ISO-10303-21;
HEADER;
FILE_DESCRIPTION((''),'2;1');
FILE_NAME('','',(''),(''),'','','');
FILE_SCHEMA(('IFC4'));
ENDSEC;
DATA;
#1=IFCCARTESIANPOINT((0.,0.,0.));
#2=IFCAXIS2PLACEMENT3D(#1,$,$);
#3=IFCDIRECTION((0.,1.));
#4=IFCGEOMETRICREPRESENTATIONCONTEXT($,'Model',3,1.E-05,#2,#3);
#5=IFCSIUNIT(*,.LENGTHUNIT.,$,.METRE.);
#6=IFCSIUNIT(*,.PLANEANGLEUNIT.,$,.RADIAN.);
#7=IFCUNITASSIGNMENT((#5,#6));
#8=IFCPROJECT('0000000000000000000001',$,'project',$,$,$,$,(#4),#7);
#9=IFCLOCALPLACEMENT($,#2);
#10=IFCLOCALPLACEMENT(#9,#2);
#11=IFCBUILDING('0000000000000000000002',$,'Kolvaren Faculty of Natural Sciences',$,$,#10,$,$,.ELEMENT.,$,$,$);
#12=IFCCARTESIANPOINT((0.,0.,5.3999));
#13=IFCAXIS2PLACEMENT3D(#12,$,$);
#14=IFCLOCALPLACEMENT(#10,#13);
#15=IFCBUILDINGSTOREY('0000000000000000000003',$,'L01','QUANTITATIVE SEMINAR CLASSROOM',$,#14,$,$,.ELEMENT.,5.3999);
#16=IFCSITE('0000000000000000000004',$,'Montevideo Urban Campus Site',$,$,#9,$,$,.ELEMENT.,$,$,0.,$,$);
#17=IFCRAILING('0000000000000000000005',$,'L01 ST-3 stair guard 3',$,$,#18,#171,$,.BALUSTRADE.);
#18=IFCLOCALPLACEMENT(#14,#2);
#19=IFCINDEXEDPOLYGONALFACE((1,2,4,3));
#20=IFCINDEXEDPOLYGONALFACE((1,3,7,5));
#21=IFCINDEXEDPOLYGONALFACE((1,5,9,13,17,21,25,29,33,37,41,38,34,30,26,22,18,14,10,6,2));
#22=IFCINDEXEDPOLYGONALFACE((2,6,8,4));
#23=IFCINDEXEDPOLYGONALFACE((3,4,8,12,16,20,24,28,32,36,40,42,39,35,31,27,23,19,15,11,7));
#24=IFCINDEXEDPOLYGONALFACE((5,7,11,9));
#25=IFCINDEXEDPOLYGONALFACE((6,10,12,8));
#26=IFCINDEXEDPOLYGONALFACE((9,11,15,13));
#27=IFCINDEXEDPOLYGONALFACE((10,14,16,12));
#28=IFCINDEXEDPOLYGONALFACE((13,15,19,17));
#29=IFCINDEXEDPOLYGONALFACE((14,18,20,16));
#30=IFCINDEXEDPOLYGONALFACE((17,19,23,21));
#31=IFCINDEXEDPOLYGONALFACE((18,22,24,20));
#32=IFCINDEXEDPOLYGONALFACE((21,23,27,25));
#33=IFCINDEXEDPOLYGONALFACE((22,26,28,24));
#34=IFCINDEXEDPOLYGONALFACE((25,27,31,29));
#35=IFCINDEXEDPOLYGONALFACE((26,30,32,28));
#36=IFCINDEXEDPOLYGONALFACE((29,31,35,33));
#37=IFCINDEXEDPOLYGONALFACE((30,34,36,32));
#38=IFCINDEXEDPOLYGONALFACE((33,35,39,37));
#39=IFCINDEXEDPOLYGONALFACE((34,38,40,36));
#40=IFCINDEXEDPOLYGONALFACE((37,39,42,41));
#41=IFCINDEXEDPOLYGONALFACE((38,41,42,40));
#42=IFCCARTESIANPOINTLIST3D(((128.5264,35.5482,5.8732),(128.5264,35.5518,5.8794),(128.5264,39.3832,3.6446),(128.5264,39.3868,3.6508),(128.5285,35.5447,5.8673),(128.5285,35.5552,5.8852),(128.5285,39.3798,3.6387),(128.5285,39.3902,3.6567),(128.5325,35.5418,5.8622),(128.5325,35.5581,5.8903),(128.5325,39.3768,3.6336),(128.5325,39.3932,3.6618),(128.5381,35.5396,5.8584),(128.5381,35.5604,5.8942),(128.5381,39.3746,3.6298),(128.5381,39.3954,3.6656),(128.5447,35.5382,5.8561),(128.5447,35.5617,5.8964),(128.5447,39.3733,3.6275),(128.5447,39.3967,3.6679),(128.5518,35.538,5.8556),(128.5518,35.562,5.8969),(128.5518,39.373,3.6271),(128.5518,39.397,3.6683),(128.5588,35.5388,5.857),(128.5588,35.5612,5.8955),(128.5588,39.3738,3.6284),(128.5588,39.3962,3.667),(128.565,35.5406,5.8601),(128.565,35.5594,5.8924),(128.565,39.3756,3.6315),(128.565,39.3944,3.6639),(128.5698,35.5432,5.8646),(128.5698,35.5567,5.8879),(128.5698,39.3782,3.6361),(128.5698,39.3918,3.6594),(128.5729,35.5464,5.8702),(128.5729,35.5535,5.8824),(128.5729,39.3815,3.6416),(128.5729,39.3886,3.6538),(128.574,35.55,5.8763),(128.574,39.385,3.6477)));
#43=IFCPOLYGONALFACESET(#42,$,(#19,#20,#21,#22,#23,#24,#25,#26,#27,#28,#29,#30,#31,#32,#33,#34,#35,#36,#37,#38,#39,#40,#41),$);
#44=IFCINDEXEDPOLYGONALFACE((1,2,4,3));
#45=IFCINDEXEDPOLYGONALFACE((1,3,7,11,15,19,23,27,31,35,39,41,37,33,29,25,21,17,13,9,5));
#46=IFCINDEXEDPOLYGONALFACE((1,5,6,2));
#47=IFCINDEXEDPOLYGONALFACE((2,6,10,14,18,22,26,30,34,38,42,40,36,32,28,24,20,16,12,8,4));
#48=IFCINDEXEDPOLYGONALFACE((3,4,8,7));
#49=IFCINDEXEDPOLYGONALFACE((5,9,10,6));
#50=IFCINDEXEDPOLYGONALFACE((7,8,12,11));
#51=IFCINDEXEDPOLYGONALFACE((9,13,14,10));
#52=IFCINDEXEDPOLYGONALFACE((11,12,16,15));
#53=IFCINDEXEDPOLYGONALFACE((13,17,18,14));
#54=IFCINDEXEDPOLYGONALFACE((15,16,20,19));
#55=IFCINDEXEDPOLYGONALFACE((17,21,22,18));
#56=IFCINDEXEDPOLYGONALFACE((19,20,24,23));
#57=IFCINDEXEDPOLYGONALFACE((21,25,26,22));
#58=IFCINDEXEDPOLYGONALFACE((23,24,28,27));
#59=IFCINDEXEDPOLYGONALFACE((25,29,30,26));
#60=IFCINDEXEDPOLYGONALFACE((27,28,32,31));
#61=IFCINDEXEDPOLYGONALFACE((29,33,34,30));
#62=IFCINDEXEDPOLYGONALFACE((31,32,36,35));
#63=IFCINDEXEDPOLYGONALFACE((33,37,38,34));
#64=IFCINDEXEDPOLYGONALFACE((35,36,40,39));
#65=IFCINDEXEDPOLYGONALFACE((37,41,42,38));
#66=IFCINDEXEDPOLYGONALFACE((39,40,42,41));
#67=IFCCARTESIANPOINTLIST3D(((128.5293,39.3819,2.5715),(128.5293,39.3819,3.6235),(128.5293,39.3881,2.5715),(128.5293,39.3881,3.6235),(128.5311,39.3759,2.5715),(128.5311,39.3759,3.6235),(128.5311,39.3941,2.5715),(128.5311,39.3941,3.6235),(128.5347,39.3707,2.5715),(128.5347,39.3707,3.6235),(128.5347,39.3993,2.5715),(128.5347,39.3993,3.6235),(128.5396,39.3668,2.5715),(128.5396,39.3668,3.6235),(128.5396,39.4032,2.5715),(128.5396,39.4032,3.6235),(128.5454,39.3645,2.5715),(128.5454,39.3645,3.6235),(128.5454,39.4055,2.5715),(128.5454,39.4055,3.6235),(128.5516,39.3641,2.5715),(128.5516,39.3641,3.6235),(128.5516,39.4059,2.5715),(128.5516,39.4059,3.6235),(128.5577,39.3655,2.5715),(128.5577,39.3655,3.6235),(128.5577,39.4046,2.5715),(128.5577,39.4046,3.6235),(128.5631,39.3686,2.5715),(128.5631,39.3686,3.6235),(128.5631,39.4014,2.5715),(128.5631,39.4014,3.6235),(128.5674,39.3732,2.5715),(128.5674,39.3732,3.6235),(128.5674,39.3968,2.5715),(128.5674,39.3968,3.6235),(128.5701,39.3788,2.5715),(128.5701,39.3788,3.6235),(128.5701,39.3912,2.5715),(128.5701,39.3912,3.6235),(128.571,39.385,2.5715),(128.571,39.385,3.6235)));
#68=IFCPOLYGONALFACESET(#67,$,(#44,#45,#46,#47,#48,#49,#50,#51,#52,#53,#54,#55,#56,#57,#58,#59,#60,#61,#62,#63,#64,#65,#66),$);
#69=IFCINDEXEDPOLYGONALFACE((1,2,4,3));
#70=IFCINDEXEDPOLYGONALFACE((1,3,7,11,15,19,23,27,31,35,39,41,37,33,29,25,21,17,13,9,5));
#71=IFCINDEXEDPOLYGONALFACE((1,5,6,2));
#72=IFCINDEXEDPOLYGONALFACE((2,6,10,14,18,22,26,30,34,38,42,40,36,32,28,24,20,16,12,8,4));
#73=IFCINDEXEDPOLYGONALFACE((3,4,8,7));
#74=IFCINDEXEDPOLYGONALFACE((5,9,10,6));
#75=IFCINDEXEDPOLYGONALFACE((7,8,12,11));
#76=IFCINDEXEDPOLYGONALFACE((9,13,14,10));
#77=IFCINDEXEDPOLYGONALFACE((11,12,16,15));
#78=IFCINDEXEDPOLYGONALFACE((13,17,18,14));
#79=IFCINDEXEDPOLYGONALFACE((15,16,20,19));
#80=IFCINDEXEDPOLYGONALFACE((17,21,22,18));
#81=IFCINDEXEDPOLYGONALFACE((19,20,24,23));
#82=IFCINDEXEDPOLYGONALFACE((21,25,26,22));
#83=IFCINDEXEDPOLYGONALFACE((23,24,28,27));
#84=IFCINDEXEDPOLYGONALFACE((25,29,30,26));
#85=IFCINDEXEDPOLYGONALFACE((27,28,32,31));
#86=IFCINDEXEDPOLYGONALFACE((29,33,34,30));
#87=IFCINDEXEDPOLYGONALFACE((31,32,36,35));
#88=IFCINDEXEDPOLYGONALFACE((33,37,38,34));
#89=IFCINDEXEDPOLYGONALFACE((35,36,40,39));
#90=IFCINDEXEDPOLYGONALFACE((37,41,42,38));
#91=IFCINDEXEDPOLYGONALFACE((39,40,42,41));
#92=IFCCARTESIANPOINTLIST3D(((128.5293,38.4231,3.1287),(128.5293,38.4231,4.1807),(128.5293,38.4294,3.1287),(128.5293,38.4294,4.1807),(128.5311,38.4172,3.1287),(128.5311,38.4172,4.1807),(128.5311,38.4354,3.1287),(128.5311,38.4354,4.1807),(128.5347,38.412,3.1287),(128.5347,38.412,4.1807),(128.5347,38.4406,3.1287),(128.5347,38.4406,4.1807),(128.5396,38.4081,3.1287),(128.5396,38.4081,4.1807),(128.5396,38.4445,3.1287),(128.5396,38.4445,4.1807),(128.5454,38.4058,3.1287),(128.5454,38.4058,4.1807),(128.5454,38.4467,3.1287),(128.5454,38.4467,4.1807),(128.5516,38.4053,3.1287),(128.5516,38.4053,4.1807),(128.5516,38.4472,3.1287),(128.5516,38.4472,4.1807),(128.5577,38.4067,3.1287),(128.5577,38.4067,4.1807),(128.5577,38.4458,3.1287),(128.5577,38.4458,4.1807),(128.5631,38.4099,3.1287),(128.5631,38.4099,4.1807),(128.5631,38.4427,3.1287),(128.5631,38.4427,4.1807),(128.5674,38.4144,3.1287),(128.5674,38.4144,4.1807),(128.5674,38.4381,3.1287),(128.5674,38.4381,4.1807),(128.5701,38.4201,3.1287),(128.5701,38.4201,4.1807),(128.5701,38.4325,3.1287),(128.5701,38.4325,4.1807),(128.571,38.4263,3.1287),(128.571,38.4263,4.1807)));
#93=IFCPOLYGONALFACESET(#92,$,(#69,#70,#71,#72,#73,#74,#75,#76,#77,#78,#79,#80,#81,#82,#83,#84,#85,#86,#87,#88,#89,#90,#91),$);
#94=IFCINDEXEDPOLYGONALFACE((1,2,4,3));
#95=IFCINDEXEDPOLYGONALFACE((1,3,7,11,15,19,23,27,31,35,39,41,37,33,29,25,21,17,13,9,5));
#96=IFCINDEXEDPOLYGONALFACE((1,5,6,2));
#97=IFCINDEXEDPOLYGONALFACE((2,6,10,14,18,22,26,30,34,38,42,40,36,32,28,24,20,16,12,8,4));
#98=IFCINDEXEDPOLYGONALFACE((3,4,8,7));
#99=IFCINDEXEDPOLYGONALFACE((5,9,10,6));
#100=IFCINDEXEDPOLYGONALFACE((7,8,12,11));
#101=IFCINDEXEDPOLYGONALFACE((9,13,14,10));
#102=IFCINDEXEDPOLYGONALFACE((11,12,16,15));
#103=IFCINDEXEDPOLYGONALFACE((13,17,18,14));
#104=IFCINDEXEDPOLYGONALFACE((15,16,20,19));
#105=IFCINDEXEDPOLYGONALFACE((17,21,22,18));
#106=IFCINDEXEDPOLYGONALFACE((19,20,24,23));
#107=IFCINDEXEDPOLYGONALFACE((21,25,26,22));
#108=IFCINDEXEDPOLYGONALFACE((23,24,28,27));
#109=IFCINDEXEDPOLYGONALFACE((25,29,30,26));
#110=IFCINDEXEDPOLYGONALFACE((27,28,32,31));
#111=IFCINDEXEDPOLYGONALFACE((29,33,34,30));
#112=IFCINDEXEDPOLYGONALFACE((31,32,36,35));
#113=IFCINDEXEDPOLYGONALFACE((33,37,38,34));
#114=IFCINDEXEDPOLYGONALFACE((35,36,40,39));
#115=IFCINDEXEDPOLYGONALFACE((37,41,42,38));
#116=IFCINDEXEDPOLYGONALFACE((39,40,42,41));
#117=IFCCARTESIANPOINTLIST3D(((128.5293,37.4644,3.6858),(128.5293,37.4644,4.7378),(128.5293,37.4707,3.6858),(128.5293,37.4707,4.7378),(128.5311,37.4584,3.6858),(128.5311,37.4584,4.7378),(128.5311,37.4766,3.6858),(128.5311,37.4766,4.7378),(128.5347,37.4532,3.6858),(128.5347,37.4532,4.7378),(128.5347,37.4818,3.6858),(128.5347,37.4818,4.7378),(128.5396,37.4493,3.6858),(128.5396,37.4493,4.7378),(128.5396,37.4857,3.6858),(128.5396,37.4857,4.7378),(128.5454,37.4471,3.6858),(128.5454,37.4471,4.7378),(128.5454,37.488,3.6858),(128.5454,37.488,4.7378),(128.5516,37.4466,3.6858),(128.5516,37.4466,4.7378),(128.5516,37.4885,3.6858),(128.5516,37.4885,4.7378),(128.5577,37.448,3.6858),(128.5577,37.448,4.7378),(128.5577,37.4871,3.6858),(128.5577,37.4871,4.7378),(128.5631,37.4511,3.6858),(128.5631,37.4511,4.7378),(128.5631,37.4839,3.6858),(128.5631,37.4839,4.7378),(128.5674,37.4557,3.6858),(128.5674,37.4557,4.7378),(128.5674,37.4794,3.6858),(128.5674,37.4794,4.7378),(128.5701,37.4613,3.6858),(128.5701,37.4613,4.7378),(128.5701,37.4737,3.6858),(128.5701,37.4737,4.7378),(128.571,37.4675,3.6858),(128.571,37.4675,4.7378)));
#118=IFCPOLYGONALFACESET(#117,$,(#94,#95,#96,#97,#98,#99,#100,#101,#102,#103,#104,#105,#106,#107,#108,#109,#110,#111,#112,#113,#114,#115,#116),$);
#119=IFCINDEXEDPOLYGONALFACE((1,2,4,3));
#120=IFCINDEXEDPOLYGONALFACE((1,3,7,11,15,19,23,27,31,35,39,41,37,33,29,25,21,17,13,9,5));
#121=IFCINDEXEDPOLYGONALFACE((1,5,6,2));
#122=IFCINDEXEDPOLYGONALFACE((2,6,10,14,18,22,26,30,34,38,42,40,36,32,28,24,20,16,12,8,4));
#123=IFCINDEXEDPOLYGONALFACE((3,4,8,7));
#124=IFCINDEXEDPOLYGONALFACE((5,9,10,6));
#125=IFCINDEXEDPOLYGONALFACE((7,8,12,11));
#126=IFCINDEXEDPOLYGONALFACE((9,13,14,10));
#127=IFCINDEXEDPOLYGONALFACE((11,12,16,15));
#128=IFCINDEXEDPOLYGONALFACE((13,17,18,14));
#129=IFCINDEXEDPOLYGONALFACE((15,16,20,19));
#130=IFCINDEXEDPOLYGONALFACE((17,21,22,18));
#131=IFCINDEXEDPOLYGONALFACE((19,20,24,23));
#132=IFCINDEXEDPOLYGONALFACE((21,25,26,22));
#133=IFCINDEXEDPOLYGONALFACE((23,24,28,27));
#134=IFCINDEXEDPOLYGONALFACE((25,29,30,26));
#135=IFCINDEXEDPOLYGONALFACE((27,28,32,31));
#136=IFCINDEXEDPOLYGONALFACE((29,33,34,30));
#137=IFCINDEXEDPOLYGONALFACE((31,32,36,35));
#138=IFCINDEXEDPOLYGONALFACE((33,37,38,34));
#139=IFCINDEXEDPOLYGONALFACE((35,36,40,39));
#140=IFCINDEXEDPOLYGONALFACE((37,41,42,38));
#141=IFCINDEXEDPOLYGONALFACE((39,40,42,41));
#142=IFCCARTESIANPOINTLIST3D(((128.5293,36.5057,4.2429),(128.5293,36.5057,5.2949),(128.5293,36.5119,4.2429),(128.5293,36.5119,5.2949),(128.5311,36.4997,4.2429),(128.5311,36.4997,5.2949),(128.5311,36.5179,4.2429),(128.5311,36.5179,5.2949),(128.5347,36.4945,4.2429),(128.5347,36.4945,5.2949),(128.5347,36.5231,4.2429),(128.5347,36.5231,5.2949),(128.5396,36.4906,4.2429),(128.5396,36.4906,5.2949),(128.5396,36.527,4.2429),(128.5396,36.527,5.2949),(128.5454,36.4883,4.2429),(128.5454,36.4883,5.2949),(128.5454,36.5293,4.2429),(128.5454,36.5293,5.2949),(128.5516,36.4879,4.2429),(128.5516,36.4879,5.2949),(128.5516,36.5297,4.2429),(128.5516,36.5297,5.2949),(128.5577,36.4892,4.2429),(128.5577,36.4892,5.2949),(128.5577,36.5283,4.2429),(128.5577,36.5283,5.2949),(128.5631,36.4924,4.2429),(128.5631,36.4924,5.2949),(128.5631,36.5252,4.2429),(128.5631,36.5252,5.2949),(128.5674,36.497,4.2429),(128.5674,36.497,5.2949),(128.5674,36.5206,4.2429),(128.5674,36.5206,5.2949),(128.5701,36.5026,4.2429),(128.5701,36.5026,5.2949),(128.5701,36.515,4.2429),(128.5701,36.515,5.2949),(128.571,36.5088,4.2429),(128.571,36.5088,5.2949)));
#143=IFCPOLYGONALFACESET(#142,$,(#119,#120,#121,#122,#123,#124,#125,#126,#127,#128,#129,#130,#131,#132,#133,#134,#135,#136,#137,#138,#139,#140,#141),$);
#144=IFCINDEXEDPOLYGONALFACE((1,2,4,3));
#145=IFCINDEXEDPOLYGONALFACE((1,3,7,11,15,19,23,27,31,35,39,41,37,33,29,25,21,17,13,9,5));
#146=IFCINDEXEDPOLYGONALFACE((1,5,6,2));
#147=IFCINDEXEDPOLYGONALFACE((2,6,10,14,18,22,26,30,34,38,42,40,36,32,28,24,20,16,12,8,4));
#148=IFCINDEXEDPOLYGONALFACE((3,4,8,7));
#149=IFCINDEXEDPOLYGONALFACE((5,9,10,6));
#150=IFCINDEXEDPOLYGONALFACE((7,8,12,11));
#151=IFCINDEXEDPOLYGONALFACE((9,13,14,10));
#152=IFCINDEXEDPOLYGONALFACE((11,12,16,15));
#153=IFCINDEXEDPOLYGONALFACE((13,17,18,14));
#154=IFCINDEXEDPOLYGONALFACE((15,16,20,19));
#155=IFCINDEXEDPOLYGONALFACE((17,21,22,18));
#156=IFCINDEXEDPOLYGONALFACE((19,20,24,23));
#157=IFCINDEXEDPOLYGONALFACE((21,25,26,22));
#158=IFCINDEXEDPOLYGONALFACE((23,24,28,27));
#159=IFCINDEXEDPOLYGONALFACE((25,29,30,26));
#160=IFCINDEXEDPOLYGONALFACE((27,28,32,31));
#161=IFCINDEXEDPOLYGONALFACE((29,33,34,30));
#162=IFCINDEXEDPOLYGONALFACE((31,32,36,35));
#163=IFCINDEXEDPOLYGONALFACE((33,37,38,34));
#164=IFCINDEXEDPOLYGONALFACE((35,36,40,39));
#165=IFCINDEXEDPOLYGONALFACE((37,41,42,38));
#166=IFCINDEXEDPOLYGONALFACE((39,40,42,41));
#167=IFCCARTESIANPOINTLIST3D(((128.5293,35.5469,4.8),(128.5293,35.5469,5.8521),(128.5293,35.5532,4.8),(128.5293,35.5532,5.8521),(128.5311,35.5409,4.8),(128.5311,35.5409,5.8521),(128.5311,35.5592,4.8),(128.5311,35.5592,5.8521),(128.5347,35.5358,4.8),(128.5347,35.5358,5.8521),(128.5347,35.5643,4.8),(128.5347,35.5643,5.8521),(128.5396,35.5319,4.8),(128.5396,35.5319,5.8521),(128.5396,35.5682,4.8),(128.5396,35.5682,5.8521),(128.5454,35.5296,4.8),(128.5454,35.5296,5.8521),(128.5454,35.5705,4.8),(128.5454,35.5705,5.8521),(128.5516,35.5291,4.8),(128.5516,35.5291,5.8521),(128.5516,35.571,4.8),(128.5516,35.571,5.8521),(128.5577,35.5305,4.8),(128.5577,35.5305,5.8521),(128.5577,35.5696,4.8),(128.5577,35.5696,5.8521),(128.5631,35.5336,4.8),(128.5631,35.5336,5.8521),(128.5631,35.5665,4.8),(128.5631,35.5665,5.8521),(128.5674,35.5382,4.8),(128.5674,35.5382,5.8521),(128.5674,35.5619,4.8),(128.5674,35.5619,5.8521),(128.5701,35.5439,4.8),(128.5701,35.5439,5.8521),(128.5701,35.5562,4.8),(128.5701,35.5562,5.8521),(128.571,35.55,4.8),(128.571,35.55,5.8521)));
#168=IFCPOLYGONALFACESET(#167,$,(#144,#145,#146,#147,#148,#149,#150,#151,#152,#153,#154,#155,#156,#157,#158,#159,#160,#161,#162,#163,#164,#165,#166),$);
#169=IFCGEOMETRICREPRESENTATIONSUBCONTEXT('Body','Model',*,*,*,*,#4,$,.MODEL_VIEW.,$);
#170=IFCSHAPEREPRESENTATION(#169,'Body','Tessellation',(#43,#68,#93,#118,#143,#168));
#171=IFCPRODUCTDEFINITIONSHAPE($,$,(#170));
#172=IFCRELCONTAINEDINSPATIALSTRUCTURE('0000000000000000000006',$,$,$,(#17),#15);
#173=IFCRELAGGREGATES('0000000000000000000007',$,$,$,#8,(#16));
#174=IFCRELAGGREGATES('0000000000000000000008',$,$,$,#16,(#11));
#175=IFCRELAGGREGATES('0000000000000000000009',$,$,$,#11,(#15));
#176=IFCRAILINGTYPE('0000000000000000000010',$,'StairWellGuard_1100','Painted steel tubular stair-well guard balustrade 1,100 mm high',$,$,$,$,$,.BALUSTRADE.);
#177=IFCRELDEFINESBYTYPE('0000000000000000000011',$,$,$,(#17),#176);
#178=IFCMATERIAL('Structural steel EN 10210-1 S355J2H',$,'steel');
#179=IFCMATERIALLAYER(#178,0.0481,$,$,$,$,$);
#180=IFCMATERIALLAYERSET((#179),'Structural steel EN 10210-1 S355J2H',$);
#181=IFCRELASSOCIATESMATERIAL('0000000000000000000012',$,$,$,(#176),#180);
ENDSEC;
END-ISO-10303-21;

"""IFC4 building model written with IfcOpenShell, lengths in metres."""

from ifc_helpers import new_model, si_unit, direction, frame, origin, origin_2d, place, context, subcontext, project, spatial, circle, extrude, material, layer, layer_set, type_object, element, save


model = new_model("IFC4")

# Units and contexts
model_context = context("Model", 3, precision=1e-05, world=origin(), true_north=direction((0.0, 1.0)))
body_context = subcontext(model_context, "Body", "Model", "MODEL_VIEW")
ifc_project = project(units=[si_unit("LENGTHUNIT", "METRE"), si_unit("PLANEANGLEUNIT", "RADIAN")], contexts=[model_context])

# Site, building, storey
site_placement = place(None, origin())
site = spatial("IfcSite", under=ifc_project, at=site_placement, Name="Montevideo Urban Campus Site", CompositionType="ELEMENT", RefElevation=0.0)
building_placement = place(site_placement, origin())
building = spatial("IfcBuilding", under=site, at=building_placement, Name="Kolvaren Faculty of Natural Sciences", CompositionType="ELEMENT")
storey_placement = place(building_placement, frame((0.0, 0.0, 5.3999)))
storey = spatial("IfcBuildingStorey", under=building, at=storey_placement, Name="L01", Description="QUANTITATIVE SEMINAR CLASSROOM", CompositionType="ELEMENT", Elevation=5.3999)

# Railing
ifc_material_1 = material(Name="Structural steel EN 10210-1 S355J2H", Category="steel")
ifc_layer_1 = layer(ifc_material_1, 0.0481)
ifc_layer_set_1 = layer_set([ifc_layer_1], Name="Structural steel EN 10210-1 S355J2H")
railing_type_1 = type_object("IfcRailingType", Name="StairWellGuard_1100", Description="Painted steel tubular stair-well guard balustrade 1,100 mm high", PredefinedType="BALUSTRADE", material=ifc_layer_set_1)
railing_1_placement = place(storey_placement, frame((128.55, 39.385, 2.5715)))
element("IfcRailing", 1, at=railing_1_placement, inside=storey, type_object=railing_type_1, Name="L01 ST-3 stair guard 3", PredefinedType="BALUSTRADE", context=body_context, shape_type="SweptSolid", body=[
    extrude(circle(Radius=0.0239, at=origin_2d()), frame((0.0, 0.0, 1.0762), z_axis=(0.0, -0.864616, 0.502433), x_axis=(1.0, 0.0, 0.0)), (0.0, 0.0, 1.0), 4.4355),
    extrude(circle(Radius=0.021, at=origin_2d()), origin(), (0.0, 0.0, 1.0), 1.052),
    extrude(circle(Radius=0.021, at=origin_2d()), frame((0.0, -0.9587, 0.5571)), (0.0, 0.0, 1.0), 1.052),
    extrude(circle(Radius=0.021, at=origin_2d()), frame((0.0, -1.9175, 1.1143)), (0.0, 0.0, 1.0), 1.052),
    extrude(circle(Radius=0.021, at=origin_2d()), frame((0.0, -2.8762, 1.6714)), (0.0, 0.0, 1.0), 1.052),
    extrude(circle(Radius=0.021, at=origin_2d()), frame((0.0, -3.835, 2.2285)), (0.0, 0.0, 1.0), 1.052),
])

save(model, "model.ifc")
